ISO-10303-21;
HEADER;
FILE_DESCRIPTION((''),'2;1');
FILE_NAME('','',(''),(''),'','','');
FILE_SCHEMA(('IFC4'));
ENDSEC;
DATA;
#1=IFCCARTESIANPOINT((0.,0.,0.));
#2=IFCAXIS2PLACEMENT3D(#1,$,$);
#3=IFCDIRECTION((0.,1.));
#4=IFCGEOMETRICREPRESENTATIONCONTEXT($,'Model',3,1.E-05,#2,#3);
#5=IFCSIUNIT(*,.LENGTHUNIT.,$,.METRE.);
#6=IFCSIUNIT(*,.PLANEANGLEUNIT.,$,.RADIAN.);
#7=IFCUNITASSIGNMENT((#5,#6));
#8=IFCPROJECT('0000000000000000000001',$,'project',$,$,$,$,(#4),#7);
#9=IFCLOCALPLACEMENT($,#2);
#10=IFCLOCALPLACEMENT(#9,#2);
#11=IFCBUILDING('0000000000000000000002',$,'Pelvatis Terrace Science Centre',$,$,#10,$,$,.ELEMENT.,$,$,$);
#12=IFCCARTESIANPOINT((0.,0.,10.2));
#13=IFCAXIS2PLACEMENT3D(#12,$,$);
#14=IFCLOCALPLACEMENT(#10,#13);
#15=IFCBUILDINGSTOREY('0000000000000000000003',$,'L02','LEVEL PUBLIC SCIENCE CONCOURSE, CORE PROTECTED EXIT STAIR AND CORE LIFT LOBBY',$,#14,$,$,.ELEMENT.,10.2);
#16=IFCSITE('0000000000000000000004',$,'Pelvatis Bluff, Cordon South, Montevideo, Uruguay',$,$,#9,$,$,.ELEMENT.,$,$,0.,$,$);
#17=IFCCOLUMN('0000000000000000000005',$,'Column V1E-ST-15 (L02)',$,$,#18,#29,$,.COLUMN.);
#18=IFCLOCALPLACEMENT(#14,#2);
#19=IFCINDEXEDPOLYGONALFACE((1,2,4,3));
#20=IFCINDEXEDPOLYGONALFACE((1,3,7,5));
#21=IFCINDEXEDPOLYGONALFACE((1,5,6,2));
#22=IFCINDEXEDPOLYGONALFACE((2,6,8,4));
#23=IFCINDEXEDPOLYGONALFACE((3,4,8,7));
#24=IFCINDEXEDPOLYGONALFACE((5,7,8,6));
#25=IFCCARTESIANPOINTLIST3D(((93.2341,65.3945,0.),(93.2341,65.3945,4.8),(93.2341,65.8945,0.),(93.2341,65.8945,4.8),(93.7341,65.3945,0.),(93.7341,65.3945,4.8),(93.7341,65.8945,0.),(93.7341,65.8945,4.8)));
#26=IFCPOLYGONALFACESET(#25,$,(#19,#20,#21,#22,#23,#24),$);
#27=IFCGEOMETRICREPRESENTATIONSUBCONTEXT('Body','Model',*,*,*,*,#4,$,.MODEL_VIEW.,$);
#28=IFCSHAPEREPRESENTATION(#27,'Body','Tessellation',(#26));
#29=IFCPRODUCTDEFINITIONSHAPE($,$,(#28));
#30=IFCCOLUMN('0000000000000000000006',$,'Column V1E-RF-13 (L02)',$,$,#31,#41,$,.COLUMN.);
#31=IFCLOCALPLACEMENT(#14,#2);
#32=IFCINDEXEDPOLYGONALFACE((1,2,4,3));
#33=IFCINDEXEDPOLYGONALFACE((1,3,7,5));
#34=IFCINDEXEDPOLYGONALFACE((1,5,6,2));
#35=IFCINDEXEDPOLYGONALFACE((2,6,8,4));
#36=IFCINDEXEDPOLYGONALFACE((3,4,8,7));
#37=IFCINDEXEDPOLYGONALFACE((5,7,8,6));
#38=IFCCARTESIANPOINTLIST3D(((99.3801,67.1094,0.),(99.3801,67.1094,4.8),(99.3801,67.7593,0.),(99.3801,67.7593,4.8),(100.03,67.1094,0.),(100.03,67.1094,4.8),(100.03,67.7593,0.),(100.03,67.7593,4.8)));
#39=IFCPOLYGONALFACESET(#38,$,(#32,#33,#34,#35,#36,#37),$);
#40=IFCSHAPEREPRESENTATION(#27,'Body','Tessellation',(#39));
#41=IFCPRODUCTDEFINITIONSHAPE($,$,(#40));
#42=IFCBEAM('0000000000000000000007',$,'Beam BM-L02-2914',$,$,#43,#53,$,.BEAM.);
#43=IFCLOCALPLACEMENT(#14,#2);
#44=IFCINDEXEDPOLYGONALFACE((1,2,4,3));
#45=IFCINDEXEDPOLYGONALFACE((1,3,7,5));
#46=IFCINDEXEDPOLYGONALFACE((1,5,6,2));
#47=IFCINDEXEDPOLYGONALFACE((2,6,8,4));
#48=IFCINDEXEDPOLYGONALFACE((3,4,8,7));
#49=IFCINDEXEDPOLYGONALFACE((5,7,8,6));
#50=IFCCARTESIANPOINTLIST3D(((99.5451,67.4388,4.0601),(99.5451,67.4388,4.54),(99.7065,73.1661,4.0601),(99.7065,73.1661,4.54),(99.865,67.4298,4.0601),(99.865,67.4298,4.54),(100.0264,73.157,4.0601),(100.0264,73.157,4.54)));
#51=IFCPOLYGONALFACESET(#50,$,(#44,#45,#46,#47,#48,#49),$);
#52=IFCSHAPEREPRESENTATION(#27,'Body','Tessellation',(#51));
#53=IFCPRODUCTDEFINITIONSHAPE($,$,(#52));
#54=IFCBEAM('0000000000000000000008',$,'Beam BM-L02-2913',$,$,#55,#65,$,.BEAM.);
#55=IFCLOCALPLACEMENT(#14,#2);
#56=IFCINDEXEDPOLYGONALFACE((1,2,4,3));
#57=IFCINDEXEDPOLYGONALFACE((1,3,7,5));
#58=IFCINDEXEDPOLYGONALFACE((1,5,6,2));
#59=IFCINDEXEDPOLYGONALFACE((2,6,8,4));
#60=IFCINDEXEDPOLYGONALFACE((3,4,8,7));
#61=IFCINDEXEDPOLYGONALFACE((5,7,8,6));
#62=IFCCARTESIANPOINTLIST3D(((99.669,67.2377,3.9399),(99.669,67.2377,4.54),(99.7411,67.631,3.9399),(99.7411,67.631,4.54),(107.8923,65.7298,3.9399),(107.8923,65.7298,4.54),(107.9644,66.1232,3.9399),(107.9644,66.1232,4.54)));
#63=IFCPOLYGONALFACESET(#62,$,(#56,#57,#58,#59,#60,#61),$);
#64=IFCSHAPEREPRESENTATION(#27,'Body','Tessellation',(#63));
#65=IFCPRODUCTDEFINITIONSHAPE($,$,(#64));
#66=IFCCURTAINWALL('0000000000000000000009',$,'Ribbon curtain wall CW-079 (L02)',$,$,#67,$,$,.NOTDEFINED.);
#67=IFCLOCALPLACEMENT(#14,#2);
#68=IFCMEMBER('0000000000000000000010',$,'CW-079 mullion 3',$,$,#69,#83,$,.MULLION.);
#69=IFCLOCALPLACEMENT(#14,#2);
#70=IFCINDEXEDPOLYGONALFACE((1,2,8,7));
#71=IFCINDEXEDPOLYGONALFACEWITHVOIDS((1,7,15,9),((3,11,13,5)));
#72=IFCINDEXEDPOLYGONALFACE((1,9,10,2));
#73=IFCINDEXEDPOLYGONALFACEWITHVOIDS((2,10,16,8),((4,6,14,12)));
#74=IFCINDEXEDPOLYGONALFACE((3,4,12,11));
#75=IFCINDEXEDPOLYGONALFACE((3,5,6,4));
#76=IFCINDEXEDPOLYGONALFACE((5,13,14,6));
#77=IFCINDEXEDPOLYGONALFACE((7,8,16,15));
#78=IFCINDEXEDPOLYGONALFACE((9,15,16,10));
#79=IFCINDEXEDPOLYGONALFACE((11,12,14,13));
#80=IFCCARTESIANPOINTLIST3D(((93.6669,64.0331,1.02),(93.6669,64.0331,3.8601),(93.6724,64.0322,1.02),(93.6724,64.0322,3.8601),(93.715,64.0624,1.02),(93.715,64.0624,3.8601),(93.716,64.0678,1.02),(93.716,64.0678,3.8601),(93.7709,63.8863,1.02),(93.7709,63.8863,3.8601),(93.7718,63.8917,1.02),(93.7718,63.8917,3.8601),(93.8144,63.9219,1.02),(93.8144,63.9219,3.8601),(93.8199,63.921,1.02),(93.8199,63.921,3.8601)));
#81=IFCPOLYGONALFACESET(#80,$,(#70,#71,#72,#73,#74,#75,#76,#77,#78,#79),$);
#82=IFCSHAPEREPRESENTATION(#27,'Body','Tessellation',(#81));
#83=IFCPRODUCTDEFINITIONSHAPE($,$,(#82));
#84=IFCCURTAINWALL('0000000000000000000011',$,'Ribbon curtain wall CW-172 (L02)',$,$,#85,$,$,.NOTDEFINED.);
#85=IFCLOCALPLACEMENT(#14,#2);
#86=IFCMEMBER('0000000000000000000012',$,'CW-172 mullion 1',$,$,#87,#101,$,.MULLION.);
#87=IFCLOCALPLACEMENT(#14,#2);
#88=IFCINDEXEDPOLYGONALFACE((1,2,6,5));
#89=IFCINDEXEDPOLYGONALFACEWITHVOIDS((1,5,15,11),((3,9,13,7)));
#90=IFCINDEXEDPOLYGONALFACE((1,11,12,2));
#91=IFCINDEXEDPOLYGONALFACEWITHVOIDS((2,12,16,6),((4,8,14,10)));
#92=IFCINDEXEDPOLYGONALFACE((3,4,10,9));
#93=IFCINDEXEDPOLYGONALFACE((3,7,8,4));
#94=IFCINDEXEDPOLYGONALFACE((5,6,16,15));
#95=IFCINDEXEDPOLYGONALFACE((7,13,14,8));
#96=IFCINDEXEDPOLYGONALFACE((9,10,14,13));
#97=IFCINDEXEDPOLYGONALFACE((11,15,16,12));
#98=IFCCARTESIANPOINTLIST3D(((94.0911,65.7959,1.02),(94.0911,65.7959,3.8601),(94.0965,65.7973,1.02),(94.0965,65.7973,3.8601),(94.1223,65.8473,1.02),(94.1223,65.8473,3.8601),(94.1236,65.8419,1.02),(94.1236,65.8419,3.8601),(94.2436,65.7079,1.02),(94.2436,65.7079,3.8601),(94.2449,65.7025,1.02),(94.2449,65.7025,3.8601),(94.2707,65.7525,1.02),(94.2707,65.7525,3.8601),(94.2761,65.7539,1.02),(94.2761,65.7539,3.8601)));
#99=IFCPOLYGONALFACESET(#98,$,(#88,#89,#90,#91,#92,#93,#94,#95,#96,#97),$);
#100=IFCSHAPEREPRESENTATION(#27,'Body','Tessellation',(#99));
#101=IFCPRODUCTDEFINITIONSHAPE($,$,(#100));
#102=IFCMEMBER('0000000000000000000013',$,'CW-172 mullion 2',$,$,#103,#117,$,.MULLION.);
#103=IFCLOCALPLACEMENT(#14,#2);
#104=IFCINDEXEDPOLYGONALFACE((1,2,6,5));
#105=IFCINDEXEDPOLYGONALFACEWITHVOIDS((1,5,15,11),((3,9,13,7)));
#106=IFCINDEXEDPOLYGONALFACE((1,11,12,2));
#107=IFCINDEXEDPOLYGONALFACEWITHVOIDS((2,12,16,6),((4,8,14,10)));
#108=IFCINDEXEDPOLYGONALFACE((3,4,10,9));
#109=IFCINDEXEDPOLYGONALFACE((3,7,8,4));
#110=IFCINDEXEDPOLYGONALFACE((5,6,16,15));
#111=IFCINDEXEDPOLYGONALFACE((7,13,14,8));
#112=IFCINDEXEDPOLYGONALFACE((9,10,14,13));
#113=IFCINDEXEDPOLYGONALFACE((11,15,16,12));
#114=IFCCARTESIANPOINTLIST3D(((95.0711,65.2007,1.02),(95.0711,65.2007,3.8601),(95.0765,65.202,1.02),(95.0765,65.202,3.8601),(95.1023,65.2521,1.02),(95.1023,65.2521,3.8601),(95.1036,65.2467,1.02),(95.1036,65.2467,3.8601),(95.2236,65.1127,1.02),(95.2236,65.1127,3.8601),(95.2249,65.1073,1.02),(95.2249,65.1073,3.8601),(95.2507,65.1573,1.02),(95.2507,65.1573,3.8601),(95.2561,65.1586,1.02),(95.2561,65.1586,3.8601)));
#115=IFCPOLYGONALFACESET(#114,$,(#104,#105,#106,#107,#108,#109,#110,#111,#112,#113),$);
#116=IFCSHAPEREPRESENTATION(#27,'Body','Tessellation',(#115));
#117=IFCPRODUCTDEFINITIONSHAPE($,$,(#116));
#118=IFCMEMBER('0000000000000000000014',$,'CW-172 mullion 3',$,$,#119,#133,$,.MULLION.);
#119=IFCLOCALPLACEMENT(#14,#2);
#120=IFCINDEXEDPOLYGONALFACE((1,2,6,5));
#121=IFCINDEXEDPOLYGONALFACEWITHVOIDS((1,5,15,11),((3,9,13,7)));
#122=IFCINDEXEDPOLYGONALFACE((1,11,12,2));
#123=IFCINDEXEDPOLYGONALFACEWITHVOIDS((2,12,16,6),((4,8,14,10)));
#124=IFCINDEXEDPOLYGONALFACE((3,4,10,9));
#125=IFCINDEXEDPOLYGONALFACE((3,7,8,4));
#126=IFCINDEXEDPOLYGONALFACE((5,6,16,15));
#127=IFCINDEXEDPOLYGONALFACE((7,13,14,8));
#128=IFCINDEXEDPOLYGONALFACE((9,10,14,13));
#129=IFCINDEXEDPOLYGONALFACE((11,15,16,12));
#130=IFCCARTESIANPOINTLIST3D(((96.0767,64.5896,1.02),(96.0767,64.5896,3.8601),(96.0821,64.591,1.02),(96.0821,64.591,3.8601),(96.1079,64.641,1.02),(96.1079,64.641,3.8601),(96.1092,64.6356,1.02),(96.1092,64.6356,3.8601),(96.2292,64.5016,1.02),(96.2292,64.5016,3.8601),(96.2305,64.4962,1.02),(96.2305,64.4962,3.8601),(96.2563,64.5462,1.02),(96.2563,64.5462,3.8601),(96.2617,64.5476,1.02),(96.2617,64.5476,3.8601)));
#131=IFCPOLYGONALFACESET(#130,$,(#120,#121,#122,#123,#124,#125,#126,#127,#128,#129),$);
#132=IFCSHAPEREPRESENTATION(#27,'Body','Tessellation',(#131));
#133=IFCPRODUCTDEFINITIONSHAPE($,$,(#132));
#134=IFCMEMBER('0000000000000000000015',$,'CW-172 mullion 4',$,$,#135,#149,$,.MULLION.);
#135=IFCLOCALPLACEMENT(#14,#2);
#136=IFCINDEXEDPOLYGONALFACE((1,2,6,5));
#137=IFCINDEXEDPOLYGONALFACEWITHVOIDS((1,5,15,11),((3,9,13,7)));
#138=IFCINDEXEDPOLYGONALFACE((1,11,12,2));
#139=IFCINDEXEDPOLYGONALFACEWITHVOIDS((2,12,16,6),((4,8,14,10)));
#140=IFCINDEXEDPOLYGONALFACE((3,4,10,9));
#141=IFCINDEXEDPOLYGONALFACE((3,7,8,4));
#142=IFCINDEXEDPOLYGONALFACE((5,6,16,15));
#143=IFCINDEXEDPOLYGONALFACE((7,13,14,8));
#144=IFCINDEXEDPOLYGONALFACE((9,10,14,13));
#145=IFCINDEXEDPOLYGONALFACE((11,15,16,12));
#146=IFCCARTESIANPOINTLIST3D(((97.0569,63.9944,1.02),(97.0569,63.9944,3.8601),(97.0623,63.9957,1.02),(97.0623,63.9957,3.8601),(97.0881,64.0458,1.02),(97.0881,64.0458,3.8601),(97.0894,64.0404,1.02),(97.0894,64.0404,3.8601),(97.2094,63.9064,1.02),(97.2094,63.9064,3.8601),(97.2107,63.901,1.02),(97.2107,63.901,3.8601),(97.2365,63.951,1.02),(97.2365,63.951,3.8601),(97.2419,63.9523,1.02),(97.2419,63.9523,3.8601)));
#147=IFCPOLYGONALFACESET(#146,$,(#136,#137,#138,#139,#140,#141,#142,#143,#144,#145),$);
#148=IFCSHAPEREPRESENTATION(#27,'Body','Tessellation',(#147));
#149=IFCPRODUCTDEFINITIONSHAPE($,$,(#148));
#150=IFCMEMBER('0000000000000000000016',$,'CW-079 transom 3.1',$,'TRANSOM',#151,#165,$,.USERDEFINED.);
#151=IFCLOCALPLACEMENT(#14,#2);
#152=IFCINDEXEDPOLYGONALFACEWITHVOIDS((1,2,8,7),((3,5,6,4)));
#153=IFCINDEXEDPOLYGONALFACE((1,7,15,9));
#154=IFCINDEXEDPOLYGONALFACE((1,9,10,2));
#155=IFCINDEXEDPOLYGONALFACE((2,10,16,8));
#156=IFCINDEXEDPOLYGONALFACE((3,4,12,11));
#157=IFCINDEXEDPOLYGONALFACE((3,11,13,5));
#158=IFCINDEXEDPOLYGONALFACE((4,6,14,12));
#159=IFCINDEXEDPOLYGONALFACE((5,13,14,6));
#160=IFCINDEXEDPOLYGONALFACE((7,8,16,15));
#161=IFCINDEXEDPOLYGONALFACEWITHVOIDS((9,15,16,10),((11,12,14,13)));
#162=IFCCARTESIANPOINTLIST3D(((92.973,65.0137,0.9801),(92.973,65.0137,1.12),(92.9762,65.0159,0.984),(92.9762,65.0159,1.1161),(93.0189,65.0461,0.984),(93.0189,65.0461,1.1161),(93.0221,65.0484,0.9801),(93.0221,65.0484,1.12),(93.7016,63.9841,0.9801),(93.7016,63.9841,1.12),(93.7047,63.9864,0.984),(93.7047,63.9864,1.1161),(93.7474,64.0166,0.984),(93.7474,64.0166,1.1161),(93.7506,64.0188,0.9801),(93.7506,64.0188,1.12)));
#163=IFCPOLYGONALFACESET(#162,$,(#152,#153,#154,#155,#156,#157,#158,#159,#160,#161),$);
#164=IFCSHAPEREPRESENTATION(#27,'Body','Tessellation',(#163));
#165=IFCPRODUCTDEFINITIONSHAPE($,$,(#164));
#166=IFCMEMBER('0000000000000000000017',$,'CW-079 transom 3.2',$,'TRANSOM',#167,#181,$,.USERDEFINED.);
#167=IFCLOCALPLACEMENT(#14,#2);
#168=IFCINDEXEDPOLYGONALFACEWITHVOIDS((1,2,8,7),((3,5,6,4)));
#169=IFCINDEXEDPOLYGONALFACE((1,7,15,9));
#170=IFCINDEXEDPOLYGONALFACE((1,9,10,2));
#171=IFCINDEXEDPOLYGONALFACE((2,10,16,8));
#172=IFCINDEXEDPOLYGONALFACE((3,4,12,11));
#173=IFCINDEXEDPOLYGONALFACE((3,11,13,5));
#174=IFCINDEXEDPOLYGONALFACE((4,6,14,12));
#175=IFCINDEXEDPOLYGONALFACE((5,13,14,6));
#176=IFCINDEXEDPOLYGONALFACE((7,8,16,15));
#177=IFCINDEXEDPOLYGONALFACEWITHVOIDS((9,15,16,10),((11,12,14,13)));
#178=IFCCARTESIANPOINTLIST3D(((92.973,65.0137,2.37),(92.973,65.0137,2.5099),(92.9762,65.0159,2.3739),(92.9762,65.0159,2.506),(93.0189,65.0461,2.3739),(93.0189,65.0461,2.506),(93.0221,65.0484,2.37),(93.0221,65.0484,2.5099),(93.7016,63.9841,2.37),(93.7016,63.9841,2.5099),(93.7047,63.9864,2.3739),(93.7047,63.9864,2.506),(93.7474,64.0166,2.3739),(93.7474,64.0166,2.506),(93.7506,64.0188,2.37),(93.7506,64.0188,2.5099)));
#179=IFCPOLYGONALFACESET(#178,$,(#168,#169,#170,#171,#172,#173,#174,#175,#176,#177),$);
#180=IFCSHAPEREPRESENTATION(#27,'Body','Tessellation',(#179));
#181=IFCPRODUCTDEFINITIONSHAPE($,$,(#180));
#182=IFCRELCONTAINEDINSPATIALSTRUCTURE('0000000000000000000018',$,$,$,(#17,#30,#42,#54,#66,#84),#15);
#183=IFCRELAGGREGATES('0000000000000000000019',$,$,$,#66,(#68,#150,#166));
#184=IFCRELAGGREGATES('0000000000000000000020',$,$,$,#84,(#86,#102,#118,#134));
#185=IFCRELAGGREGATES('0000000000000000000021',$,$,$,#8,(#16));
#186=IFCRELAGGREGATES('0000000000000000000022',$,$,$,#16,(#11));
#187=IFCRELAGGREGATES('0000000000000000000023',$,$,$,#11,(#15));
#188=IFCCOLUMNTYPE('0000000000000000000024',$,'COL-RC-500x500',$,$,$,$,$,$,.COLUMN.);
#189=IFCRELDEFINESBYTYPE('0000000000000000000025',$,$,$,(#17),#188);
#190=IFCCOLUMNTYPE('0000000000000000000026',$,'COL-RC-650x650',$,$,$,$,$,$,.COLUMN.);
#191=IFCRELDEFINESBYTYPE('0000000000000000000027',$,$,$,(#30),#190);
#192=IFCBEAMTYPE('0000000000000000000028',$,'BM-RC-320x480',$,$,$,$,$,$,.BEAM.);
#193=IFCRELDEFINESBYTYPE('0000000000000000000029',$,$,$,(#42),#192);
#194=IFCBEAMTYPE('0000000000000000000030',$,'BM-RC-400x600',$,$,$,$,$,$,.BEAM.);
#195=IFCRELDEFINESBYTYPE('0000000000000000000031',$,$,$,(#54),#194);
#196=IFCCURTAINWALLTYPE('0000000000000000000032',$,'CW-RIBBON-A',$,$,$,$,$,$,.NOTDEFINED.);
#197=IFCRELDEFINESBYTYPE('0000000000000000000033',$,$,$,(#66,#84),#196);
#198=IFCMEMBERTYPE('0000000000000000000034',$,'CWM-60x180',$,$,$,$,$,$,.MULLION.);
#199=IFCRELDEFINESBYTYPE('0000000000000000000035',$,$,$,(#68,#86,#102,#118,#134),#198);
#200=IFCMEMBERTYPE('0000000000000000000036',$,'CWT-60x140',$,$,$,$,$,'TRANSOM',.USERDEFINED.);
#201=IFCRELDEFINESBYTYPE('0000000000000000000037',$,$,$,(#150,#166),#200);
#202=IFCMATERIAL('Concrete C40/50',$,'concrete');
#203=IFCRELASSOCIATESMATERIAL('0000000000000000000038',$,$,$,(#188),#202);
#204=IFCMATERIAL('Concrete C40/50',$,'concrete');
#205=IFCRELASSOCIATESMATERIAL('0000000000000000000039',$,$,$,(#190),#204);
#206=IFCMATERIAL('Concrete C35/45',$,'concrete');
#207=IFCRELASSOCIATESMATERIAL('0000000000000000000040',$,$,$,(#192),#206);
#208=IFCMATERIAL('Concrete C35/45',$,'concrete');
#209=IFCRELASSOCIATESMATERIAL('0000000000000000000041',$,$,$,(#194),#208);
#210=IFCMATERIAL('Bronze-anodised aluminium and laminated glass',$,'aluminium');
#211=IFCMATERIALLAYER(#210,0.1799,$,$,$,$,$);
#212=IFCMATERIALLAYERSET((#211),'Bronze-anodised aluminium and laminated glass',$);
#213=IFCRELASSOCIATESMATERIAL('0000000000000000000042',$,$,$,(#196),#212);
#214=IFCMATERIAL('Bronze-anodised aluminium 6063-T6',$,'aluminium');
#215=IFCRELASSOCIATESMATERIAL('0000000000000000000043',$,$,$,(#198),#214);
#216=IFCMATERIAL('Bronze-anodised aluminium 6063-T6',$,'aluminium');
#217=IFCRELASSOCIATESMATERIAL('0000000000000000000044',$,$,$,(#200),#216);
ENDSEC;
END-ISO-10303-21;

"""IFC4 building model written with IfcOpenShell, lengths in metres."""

from ifc_helpers import new_model, si_unit, direction, frame, origin, origin_2d, place, context, subcontext, project, spatial, rectangle, hollow_rectangle, extrude, material, layer, layer_set, material_profile, profile_set, type_object, element, aggregate, save


model = new_model("IFC4")

# Units and contexts
model_context = context("Model", 3, precision=1e-05, world=origin(), true_north=direction((0.0, 1.0)))
body_context = subcontext(model_context, "Body", "Model", "MODEL_VIEW")
ifc_project = project(units=[si_unit("LENGTHUNIT", "METRE"), si_unit("PLANEANGLEUNIT", "RADIAN")], contexts=[model_context])

# Site, building, storey
site_placement = place(None, origin())
site = spatial("IfcSite", under=ifc_project, at=site_placement, Name="Pelvatis Bluff, Cordon South, Montevideo, Uruguay", CompositionType="ELEMENT", RefElevation=0.0)
building_placement = place(site_placement, origin())
building = spatial("IfcBuilding", under=site, at=building_placement, Name="Pelvatis Terrace Science Centre", CompositionType="ELEMENT")
storey_placement = place(building_placement, frame((0.0, 0.0, 10.2)))
storey = spatial("IfcBuildingStorey", under=building, at=storey_placement, Name="L02", Description="LEVEL PUBLIC SCIENCE CONCOURSE, CORE PROTECTED EXIT STAIR AND CORE LIFT LOBBY", CompositionType="ELEMENT", Elevation=10.2)

# Columns
ifc_material_1 = material(Name="Concrete C40/50", Category="concrete")
ifc_material_profile_1 = material_profile(ifc_material_1, rectangle(XDim=0.5, YDim=0.5, at=origin_2d()), Name="RC-COL 500x500")
ifc_profile_set_1 = profile_set([ifc_material_profile_1], Name="Concrete C40/50")
column_type_1 = type_object("IfcColumnType", Name="COL-RC-500x500", PredefinedType="COLUMN", material=ifc_profile_set_1)
column_1_placement = place(storey_placement, frame((93.4841, 65.6445, 0.0), z_axis=(0.0, 0.0, 1.0), x_axis=(1.0, 0.0, 0.0)))
element("IfcColumn", 1, at=column_1_placement, inside=storey, type_object=column_type_1, Name="Column V1E-ST-15 (L02)", PredefinedType="COLUMN", context=body_context, shape_type="SweptSolid", body=[
    extrude(rectangle(XDim=0.5, YDim=0.5, at=origin_2d()), origin(), (0.0, 0.0, 1.0), 4.8),
])
ifc_material_2 = material(Name="Concrete C40/50", Category="concrete")
ifc_material_profile_2 = material_profile(ifc_material_2, rectangle(XDim=0.6499, YDim=0.6499, at=origin_2d()), Name="RC-COL 650x650")
ifc_profile_set_2 = profile_set([ifc_material_profile_2], Name="Concrete C40/50")
column_type_2 = type_object("IfcColumnType", Name="COL-RC-650x650", PredefinedType="COLUMN", material=ifc_profile_set_2)
column_2_placement = place(storey_placement, frame((99.7051, 67.4343, 0.0), z_axis=(0.0, 0.0, 1.0), x_axis=(1.0, 0.0, 0.0)))
element("IfcColumn", 2, at=column_2_placement, inside=storey, type_object=column_type_2, Name="Column V1E-RF-13 (L02)", PredefinedType="COLUMN", context=body_context, shape_type="SweptSolid", body=[
    extrude(rectangle(XDim=0.6499, YDim=0.6499, at=origin_2d()), origin(), (0.0, 0.0, 1.0), 4.8),
])

# Beams
ifc_material_3 = material(Name="Concrete C35/45", Category="concrete")
ifc_material_profile_3 = material_profile(ifc_material_3, rectangle(XDim=0.3201, YDim=0.48, at=origin_2d()), Name="RC-BM 320x480")
ifc_profile_set_3 = profile_set([ifc_material_profile_3], Name="Concrete C35/45")
beam_type_1 = type_object("IfcBeamType", Name="BM-RC-320x480", PredefinedType="BEAM", material=ifc_profile_set_3)
beam_1_placement = place(storey_placement, frame((99.7051, 67.4343, 4.3), z_axis=(0.028166, 0.999603, 0.0), x_axis=(-0.999603, 0.028166, 0.0)))
element("IfcBeam", 3, at=beam_1_placement, inside=storey, type_object=beam_type_1, Name="Beam BM-L02-2914", PredefinedType="BEAM", context=body_context, shape_type="SweptSolid", body=[
    extrude(rectangle(XDim=0.3201, YDim=0.48, at=origin_2d()), origin(), (0.0, 0.0, 1.0), 5.7295),
])
ifc_material_4 = material(Name="Concrete C35/45", Category="concrete")
ifc_material_profile_4 = material_profile(ifc_material_4, rectangle(XDim=0.3999, YDim=0.6001, at=origin_2d()), Name="RC-BM 400x600")
ifc_profile_set_4 = profile_set([ifc_material_profile_4], Name="Concrete C35/45")
beam_type_2 = type_object("IfcBeamType", Name="BM-RC-400x600", PredefinedType="BEAM", material=ifc_profile_set_4)
beam_2_placement = place(storey_placement, frame((99.7051, 67.4343, 4.24), z_axis=(0.983602, -0.180355, 0.0), x_axis=(0.180355, 0.983602, 0.0)))
element("IfcBeam", 4, at=beam_2_placement, inside=storey, type_object=beam_type_2, Name="Beam BM-L02-2913", PredefinedType="BEAM", context=body_context, shape_type="SweptSolid", body=[
    extrude(rectangle(XDim=0.3999, YDim=0.6001, at=origin_2d()), origin(), (0.0, 0.0, 1.0), 8.3604),
])

# Curtain wall, member
ifc_material_5 = material(Name="Bronze-anodised aluminium and laminated glass", Category="aluminium")
ifc_layer_1 = layer(ifc_material_5, 0.1799)
ifc_layer_set_1 = layer_set([ifc_layer_1], Name="Bronze-anodised aluminium and laminated glass")
curtain_wall_type = type_object("IfcCurtainWallType", Name="CW-RIBBON-A", PredefinedType="NOTDEFINED", material=ifc_layer_set_1)
curtain_wall_1_placement = place(storey_placement, origin())
curtain_wall_1 = element("IfcCurtainWall", 5, at=curtain_wall_1_placement, inside=storey, type_object=curtain_wall_type, Name="Ribbon curtain wall CW-079 (L02)", PredefinedType="NOTDEFINED")
ifc_material_6 = material(Name="Bronze-anodised aluminium 6063-T6", Category="aluminium")
ifc_material_profile_5 = material_profile(ifc_material_6, hollow_rectangle(XDim=0.0601, YDim=0.1799, WallThickness=0.0039, at=origin_2d()), Name="ALU-MUL 60x180")
ifc_profile_set_5 = profile_set([ifc_material_profile_5], Name="Bronze-anodised aluminium 6063-T6")
member_type_1 = type_object("IfcMemberType", Name="CWM-60x180", PredefinedType="MULLION", material=ifc_profile_set_5)
member_1_placement = place(storey_placement, frame((93.7434, 63.9771, 1.02), z_axis=(0.0, 0.0, 1.0), x_axis=(-0.816326, -0.577591, 0.0)))
member_1 = element("IfcMember", 6, at=member_1_placement, type_object=member_type_1, Name="CW-079 mullion 3", PredefinedType="MULLION", context=body_context, shape_type="SweptSolid", body=[
    extrude(hollow_rectangle(XDim=0.0601, YDim=0.1799, WallThickness=0.0039, at=origin_2d()), origin(), (0.0, 0.0, 1.0), 2.8401),
])

# Curtain wall, members
curtain_wall_2_placement = place(storey_placement, origin())
curtain_wall_2 = element("IfcCurtainWall", 7, at=curtain_wall_2_placement, inside=storey, type_object=curtain_wall_type, Name="Ribbon curtain wall CW-172 (L02)", PredefinedType="NOTDEFINED")
member_2_placement = place(storey_placement, frame((94.1836, 65.7749, 1.02), z_axis=(0.0, 0.0, 1.0), x_axis=(0.519183, 0.854663, 0.0)))
member_2 = element("IfcMember", 8, at=member_2_placement, type_object=member_type_1, Name="CW-172 mullion 1", PredefinedType="MULLION", context=body_context, shape_type="SweptSolid", body=[
    extrude(hollow_rectangle(XDim=0.0601, YDim=0.1799, WallThickness=0.0039, at=origin_2d()), origin(), (0.0, 0.0, 1.0), 2.8401),
])
member_3_placement = place(storey_placement, frame((95.1636, 65.1797, 1.02), z_axis=(0.0, 0.0, 1.0), x_axis=(0.519183, 0.854663, 0.0)))
member_3 = element("IfcMember", 9, at=member_3_placement, type_object=member_type_1, Name="CW-172 mullion 2", PredefinedType="MULLION", context=body_context, shape_type="SweptSolid", body=[
    extrude(hollow_rectangle(XDim=0.0601, YDim=0.1799, WallThickness=0.0039, at=origin_2d()), origin(), (0.0, 0.0, 1.0), 2.8401),
])
member_4_placement = place(storey_placement, frame((96.1692, 64.5686, 1.02), z_axis=(0.0, 0.0, 1.0), x_axis=(0.519183, 0.854663, 0.0)))
member_4 = element("IfcMember", 10, at=member_4_placement, type_object=member_type_1, Name="CW-172 mullion 3", PredefinedType="MULLION", context=body_context, shape_type="SweptSolid", body=[
    extrude(hollow_rectangle(XDim=0.0601, YDim=0.1799, WallThickness=0.0039, at=origin_2d()), origin(), (0.0, 0.0, 1.0), 2.8401),
])
member_5_placement = place(storey_placement, frame((97.1494, 63.9734, 1.02), z_axis=(0.0, 0.0, 1.0), x_axis=(0.519183, 0.854663, 0.0)))
member_5 = element("IfcMember", 11, at=member_5_placement, type_object=member_type_1, Name="CW-172 mullion 4", PredefinedType="MULLION", context=body_context, shape_type="SweptSolid", body=[
    extrude(hollow_rectangle(XDim=0.0601, YDim=0.1799, WallThickness=0.0039, at=origin_2d()), origin(), (0.0, 0.0, 1.0), 2.8401),
])

# Members
ifc_material_7 = material(Name="Bronze-anodised aluminium 6063-T6", Category="aluminium")
ifc_material_profile_6 = material_profile(ifc_material_7, hollow_rectangle(XDim=0.0601, YDim=0.1399, WallThickness=0.0039, at=origin_2d()), Name="ALU-TRN 60x140")
ifc_profile_set_6 = profile_set([ifc_material_profile_6], Name="Bronze-anodised aluminium 6063-T6")
member_type_2 = type_object("IfcMemberType", Name="CWT-60x140", ElementType="TRANSOM", PredefinedType="USERDEFINED", material=ifc_profile_set_6)
member_6_placement = place(storey_placement, frame((93.7261, 64.0015, 1.05), z_axis=(-0.577625, 0.816302, 0.0), x_axis=(-0.816302, -0.577625, 0.0)))
member_6 = element("IfcMember", 12, at=member_6_placement, type_object=member_type_2, Name="CW-079 transom 3.1", ObjectType="TRANSOM", PredefinedType="USERDEFINED", context=body_context, shape_type="SweptSolid", body=[
    extrude(hollow_rectangle(XDim=0.0601, YDim=0.1399, WallThickness=0.0039, at=origin_2d()), origin(), (0.0, 0.0, 1.0), 1.2612),
])
member_7_placement = place(storey_placement, frame((93.7261, 64.0015, 2.4399), z_axis=(-0.577625, 0.816302, 0.0), x_axis=(-0.816302, -0.577625, 0.0)))
member_7 = element("IfcMember", 13, at=member_7_placement, type_object=member_type_2, Name="CW-079 transom 3.2", ObjectType="TRANSOM", PredefinedType="USERDEFINED", context=body_context, shape_type="SweptSolid", body=[
    extrude(hollow_rectangle(XDim=0.0601, YDim=0.1399, WallThickness=0.0039, at=origin_2d()), origin(), (0.0, 0.0, 1.0), 1.2612),
])

aggregate(curtain_wall_1, [member_1, member_6, member_7])
aggregate(curtain_wall_2, [member_2, member_3, member_4, member_5])

save(model, "model.ifc")
